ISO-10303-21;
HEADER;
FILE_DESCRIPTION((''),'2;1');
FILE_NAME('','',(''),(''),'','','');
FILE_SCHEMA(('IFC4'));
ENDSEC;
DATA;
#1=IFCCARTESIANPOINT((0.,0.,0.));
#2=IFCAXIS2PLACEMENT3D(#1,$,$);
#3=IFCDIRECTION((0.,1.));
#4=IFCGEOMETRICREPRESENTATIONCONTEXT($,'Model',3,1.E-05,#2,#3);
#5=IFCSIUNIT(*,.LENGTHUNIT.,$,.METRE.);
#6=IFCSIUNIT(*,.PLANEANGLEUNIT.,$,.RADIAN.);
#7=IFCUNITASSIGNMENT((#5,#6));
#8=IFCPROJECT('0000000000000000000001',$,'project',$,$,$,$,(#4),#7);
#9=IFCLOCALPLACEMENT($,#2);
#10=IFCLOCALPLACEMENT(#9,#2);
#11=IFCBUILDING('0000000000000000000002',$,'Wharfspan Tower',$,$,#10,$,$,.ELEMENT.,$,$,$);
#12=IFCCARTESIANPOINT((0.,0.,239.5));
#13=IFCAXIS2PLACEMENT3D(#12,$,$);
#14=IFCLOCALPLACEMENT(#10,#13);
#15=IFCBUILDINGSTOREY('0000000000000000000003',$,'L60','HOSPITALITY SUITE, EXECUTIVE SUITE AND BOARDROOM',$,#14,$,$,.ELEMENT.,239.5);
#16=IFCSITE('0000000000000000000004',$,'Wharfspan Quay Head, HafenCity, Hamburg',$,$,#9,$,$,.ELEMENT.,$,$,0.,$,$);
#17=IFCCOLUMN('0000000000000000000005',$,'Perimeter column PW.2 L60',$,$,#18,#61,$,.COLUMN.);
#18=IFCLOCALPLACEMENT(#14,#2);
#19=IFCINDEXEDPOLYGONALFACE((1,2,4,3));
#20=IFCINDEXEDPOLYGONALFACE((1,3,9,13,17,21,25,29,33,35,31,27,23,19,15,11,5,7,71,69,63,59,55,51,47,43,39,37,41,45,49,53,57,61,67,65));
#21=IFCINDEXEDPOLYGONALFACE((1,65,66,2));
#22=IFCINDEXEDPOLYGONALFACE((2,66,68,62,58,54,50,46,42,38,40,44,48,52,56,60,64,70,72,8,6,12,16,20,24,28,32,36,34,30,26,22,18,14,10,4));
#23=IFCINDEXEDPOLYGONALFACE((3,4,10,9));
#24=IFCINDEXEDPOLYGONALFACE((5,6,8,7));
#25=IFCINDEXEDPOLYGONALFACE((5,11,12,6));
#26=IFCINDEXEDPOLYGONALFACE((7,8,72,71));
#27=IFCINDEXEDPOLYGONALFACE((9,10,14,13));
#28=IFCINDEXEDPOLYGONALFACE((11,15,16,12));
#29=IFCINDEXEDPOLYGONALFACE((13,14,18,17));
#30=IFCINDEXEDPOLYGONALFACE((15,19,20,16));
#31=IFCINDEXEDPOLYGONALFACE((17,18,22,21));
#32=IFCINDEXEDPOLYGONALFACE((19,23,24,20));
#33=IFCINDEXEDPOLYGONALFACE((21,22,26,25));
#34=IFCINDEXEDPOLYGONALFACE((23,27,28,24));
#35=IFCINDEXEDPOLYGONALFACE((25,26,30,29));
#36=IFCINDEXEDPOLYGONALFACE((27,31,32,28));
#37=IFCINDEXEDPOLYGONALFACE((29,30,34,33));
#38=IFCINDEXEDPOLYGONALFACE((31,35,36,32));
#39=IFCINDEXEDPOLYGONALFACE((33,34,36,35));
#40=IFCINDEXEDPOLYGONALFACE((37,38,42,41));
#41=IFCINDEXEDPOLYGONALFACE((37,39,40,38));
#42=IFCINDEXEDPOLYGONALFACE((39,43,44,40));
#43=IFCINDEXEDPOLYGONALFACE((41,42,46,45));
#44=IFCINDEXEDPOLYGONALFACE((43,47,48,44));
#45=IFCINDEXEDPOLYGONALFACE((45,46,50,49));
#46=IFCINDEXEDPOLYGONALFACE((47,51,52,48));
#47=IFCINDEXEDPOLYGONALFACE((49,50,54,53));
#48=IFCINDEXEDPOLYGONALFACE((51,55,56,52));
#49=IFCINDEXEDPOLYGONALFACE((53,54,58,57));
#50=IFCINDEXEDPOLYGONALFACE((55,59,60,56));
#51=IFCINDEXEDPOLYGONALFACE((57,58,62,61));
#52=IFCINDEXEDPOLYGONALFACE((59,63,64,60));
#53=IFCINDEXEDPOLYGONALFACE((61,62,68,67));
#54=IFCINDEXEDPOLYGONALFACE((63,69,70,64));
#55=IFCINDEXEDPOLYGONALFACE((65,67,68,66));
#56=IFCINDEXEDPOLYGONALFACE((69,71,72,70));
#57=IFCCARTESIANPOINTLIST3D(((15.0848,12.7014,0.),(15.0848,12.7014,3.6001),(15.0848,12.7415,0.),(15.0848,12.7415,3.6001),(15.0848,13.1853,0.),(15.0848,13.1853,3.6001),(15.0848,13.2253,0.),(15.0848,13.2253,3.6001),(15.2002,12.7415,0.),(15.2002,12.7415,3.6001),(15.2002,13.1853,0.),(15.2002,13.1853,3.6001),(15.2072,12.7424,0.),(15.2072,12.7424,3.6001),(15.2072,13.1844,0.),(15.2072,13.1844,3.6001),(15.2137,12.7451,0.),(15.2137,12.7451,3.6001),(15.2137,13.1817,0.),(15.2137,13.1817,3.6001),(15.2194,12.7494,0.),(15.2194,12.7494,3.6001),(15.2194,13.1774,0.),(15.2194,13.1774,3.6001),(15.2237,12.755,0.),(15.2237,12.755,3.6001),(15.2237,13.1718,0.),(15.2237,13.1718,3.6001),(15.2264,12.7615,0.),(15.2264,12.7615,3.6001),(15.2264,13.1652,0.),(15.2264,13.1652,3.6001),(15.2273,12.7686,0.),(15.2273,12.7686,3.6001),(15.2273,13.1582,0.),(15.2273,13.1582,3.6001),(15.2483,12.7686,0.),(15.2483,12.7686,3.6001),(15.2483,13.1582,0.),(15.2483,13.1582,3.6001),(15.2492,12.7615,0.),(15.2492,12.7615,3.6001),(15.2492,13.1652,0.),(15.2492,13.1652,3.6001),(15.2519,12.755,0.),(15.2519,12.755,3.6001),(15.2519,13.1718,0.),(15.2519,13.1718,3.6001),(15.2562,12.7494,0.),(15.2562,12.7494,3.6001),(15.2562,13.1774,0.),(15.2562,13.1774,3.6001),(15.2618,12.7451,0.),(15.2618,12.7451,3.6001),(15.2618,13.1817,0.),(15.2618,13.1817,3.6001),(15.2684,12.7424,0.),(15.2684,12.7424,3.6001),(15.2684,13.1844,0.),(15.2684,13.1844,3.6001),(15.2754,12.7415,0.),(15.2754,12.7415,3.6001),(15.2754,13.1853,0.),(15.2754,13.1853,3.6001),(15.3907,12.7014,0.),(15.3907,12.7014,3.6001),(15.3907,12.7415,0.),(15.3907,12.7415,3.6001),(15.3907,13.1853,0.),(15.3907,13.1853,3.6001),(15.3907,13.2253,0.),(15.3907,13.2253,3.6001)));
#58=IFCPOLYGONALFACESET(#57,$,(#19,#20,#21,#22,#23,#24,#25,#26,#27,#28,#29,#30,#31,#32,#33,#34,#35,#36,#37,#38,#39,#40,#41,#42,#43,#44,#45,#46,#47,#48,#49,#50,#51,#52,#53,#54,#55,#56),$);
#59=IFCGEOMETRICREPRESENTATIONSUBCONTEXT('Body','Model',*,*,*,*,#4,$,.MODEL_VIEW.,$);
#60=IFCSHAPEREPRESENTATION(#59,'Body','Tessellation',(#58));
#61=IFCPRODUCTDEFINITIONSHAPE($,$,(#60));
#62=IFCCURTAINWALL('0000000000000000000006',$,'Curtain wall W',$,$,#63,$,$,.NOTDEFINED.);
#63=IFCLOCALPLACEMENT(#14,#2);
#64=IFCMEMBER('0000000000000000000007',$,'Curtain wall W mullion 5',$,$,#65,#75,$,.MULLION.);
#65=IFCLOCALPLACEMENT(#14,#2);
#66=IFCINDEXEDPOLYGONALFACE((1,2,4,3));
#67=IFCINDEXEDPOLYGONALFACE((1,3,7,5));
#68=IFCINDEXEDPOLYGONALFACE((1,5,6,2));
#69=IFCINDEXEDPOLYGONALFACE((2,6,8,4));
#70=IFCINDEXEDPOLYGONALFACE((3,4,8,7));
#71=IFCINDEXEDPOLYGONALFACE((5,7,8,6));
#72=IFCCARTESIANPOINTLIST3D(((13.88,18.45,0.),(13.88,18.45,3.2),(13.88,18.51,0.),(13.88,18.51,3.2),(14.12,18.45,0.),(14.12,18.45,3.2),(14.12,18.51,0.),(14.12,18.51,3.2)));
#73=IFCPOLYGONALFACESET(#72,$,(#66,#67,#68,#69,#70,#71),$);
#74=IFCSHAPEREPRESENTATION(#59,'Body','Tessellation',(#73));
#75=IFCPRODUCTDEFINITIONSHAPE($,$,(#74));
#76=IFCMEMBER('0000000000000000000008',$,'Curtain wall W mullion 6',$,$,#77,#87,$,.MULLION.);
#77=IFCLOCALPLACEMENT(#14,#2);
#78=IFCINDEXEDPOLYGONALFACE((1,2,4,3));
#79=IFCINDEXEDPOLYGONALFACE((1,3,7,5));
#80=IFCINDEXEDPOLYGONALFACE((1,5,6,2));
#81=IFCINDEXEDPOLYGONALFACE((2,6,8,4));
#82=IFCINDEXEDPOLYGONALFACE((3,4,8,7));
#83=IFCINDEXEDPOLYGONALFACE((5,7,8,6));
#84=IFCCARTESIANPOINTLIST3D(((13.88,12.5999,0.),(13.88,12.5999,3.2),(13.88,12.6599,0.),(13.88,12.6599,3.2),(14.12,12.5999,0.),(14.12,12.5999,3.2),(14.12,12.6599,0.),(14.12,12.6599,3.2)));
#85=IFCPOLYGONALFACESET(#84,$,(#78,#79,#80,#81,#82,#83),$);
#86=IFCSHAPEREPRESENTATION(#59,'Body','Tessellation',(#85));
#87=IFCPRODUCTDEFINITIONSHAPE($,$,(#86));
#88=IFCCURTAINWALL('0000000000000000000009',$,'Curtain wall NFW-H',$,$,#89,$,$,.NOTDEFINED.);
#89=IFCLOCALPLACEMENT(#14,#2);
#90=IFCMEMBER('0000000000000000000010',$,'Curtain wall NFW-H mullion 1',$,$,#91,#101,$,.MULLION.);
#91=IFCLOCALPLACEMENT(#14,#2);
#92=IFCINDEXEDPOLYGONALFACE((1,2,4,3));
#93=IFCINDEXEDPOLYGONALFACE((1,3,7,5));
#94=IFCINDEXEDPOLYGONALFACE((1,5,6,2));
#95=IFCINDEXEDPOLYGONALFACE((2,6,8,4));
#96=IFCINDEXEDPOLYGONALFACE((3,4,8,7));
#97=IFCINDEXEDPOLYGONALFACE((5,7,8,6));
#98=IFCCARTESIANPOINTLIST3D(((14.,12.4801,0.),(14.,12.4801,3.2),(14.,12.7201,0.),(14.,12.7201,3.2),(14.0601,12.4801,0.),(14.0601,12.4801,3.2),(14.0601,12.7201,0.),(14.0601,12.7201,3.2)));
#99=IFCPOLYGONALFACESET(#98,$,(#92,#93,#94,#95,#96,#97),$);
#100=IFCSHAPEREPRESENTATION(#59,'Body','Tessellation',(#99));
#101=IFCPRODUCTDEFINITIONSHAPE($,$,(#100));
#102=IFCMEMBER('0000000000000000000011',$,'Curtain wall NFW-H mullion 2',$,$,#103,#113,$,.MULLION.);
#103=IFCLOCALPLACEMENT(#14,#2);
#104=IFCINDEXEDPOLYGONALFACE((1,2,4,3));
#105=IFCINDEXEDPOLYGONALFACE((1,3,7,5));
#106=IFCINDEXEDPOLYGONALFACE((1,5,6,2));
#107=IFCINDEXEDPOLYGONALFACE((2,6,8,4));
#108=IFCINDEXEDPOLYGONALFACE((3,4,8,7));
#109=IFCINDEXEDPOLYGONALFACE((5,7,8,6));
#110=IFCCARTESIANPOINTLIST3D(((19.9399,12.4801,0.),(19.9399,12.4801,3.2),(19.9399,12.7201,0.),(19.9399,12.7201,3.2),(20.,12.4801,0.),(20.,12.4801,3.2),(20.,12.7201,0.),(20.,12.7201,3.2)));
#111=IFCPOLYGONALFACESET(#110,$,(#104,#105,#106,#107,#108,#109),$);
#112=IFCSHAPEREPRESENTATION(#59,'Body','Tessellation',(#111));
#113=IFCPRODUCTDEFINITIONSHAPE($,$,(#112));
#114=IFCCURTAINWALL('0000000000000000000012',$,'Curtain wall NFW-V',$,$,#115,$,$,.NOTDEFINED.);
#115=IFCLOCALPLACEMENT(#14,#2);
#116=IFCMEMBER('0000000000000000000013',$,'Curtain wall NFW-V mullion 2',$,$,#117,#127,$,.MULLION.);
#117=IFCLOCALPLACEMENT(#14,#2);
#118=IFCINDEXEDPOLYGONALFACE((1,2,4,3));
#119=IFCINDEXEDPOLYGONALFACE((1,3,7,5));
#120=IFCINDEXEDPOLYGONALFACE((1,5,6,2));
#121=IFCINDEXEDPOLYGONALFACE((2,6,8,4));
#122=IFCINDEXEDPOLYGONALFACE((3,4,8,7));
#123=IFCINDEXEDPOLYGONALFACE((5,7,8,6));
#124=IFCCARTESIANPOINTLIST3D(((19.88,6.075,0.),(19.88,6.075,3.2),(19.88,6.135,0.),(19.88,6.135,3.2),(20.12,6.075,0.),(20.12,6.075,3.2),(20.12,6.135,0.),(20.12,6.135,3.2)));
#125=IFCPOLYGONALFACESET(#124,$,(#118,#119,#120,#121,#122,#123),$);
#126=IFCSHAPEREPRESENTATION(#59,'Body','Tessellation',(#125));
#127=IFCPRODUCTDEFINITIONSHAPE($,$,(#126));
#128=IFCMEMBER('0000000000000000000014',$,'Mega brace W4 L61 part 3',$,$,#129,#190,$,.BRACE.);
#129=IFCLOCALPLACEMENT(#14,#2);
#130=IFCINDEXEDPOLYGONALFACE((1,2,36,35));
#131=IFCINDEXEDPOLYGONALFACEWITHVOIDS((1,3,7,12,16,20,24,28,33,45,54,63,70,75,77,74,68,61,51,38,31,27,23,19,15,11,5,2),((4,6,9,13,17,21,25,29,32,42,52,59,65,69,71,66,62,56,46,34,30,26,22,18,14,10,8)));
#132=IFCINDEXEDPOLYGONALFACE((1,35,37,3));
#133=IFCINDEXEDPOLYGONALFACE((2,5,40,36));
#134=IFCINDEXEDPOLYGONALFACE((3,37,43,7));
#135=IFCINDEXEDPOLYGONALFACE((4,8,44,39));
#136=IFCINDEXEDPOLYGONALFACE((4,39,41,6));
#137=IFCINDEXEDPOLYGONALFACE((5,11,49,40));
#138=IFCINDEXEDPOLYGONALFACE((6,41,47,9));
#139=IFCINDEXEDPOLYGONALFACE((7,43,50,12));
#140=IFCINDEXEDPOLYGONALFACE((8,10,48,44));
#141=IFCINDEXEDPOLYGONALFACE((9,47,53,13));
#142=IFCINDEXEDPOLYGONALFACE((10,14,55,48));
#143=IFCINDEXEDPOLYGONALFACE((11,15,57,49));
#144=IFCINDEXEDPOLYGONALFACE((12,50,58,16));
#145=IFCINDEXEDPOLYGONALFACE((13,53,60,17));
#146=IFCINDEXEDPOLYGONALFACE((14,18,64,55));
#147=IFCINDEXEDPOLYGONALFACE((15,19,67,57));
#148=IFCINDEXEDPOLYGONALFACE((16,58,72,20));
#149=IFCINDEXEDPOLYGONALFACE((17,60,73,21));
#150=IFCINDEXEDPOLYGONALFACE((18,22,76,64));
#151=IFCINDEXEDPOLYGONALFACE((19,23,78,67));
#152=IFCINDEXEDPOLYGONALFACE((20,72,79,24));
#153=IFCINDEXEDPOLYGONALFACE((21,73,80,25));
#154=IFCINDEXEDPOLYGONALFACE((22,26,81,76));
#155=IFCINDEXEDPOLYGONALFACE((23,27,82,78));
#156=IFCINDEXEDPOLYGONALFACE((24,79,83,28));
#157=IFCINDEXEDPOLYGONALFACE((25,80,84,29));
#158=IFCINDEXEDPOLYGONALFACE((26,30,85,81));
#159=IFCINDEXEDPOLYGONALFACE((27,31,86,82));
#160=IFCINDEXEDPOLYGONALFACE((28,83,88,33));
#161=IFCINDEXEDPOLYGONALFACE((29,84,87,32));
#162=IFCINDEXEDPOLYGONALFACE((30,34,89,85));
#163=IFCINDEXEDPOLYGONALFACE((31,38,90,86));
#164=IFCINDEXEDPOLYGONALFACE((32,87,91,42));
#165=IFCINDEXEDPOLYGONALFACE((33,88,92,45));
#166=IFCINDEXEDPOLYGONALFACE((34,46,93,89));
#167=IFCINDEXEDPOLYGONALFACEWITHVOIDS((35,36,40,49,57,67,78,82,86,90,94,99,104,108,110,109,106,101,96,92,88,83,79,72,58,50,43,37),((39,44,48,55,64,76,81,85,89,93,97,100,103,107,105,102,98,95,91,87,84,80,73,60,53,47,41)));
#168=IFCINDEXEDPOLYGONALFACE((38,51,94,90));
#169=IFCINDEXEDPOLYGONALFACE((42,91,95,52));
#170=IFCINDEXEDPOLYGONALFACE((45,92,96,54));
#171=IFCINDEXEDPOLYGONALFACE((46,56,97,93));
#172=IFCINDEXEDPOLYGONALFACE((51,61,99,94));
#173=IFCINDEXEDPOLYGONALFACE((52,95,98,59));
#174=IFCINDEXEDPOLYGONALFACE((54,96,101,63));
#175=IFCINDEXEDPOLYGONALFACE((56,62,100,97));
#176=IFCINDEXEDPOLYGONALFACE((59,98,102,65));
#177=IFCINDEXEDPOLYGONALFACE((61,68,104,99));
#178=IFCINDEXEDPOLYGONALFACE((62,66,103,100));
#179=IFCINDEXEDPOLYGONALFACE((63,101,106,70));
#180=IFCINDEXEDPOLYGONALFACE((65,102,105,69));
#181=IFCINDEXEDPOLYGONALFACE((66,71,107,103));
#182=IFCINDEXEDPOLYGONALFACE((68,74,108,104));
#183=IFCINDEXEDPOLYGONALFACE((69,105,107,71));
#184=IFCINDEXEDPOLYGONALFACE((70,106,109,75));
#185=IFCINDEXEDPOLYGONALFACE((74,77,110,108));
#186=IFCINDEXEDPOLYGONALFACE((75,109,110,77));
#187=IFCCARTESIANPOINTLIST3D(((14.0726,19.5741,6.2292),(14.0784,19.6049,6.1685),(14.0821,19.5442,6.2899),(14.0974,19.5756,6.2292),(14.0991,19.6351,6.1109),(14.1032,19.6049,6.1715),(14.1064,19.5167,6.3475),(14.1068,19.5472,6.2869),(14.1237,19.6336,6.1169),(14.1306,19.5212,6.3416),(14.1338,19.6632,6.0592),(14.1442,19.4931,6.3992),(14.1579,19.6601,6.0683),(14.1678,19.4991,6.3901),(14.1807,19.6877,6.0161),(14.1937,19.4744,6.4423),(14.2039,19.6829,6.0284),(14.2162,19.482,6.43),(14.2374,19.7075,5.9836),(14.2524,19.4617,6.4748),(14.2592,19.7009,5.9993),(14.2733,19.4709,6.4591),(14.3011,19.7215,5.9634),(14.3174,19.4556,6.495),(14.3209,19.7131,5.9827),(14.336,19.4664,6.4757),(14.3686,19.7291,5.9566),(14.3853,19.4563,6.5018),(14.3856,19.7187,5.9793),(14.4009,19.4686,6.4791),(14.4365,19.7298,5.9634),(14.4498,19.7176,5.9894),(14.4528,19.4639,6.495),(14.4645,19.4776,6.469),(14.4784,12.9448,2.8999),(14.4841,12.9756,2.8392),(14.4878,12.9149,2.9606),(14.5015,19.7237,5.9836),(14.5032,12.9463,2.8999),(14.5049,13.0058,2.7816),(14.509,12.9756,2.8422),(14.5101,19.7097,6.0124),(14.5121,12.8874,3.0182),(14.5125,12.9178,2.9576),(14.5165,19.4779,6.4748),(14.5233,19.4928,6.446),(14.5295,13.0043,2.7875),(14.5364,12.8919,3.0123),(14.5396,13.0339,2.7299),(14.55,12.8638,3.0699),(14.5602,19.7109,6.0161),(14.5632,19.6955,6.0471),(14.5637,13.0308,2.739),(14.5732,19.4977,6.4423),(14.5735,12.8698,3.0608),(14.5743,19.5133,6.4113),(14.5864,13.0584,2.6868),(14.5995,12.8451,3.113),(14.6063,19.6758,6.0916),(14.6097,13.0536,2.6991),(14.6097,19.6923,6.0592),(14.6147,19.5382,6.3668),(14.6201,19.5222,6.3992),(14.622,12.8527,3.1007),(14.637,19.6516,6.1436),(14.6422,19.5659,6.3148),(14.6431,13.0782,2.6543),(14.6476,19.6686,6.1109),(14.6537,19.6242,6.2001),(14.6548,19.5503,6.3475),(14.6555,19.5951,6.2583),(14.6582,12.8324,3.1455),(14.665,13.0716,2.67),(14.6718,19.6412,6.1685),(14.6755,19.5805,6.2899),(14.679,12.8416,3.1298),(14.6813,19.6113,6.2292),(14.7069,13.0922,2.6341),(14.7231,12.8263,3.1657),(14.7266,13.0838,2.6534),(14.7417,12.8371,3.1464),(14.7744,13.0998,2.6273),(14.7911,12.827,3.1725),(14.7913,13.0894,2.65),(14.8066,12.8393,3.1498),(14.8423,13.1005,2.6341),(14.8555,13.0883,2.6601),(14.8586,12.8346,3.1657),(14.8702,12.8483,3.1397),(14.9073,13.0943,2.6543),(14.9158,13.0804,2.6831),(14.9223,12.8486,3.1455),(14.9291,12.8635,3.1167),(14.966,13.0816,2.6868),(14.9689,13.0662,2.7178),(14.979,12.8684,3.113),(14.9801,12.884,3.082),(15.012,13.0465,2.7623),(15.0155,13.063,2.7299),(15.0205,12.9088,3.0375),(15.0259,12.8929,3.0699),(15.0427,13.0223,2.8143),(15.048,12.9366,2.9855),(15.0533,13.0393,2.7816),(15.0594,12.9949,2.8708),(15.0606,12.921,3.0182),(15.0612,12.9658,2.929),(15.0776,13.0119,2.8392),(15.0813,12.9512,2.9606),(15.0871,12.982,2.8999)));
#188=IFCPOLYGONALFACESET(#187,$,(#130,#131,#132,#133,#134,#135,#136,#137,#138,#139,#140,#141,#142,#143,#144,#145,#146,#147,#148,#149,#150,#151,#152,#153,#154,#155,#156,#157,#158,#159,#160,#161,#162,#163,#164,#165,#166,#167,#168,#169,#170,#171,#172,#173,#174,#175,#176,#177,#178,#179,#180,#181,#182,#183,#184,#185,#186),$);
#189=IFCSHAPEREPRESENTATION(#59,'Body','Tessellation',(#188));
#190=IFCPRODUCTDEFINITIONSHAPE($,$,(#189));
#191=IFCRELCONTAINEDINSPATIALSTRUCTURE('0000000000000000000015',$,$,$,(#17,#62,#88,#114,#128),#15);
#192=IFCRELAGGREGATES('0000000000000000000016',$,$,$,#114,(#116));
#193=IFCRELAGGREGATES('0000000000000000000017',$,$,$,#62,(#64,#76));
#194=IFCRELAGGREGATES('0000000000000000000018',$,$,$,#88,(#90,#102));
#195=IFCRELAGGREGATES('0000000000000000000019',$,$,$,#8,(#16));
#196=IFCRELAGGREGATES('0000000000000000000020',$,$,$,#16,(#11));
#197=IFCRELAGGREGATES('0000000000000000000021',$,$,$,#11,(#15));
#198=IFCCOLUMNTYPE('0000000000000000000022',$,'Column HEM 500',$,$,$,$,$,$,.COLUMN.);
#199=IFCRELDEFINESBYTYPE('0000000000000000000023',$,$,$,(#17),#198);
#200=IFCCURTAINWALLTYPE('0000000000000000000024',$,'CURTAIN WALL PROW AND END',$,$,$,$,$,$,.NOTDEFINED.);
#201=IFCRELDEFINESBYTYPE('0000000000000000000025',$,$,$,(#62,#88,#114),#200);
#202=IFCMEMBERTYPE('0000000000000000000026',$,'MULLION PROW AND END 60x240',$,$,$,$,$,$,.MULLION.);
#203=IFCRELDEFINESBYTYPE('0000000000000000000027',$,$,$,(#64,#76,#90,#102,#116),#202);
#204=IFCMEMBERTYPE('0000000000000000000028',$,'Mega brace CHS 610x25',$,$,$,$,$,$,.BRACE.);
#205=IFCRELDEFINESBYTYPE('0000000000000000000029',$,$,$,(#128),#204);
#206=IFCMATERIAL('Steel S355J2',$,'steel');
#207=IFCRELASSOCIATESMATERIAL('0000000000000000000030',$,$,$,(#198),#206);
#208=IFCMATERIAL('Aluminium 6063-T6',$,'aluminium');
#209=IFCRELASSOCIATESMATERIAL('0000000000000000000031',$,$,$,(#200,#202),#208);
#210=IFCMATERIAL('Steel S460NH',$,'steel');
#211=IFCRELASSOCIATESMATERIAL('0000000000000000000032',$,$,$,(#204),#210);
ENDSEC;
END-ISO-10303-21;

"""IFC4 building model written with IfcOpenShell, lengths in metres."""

from ifc_helpers import new_model, si_unit, direction, frame, origin, origin_2d, place, context, subcontext, project, spatial, rectangle, hollow_circle, i_section, extrude, material, material_profile, profile_set, type_object, element, aggregate, save


model = new_model("IFC4")

# Units and contexts
model_context = context("Model", 3, precision=1e-05, world=origin(), true_north=direction((0.0, 1.0)))
body_context = subcontext(model_context, "Body", "Model", "MODEL_VIEW")
ifc_project = project(units=[si_unit("LENGTHUNIT", "METRE"), si_unit("PLANEANGLEUNIT", "RADIAN")], contexts=[model_context])

# Site, building, storey
site_placement = place(None, origin())
site = spatial("IfcSite", under=ifc_project, at=site_placement, Name="Wharfspan Quay Head, HafenCity, Hamburg", CompositionType="ELEMENT", RefElevation=0.0)
building_placement = place(site_placement, origin())
building = spatial("IfcBuilding", under=site, at=building_placement, Name="Wharfspan Tower", CompositionType="ELEMENT")
storey_placement = place(building_placement, frame((0.0, 0.0, 239.5)))
storey = spatial("IfcBuildingStorey", under=building, at=storey_placement, Name="L60", Description="HOSPITALITY SUITE, EXECUTIVE SUITE AND BOARDROOM", CompositionType="ELEMENT", Elevation=239.5)

# Column
ifc_material_1 = material(Name="Steel S355J2", Category="steel")
ifc_material_profile_1 = material_profile(ifc_material_1, i_section(OverallWidth=0.3059, OverallDepth=0.5239, WebThickness=0.021, FlangeThickness=0.04, FilletRadius=0.0271, at=origin_2d()))
ifc_profile_set_1 = profile_set([ifc_material_profile_1], Name="Steel S355J2")
column_type = type_object("IfcColumnType", Name="Column HEM 500", PredefinedType="COLUMN", material=ifc_profile_set_1)
column_placement = place(storey_placement, frame((15.2378, 12.9634, 0.0), z_axis=(0.0, 0.0, 1.0), x_axis=(-1.0, 0.0, 0.0)))
element("IfcColumn", 1, at=column_placement, inside=storey, type_object=column_type, Name="Perimeter column PW.2 L60", PredefinedType="COLUMN", context=body_context, shape_type="SweptSolid", body=[
    extrude(i_section(OverallWidth=0.3059, OverallDepth=0.5239, WebThickness=0.021, FlangeThickness=0.04, FilletRadius=0.0271, at=origin_2d()), origin(), (0.0, 0.0, 1.0), 3.6001),
])

# Curtain walls, members
ifc_material_2 = material(Name="Aluminium 6063-T6", Category="aluminium")
curtain_wall_type = type_object("IfcCurtainWallType", Name="CURTAIN WALL PROW AND END", PredefinedType="NOTDEFINED", material=ifc_material_2)
curtain_wall_1_placement = place(storey_placement, origin())
curtain_wall_1 = element("IfcCurtainWall", 2, at=curtain_wall_1_placement, inside=storey, type_object=curtain_wall_type, Name="Curtain wall W", PredefinedType="NOTDEFINED")
ifc_material_profile_2 = material_profile(ifc_material_2, rectangle(XDim=0.24, YDim=0.0601, at=origin_2d()))
ifc_profile_set_2 = profile_set([ifc_material_profile_2], Name="Aluminium 6063-T6")
member_type_1 = type_object("IfcMemberType", Name="MULLION PROW AND END 60x240", PredefinedType="MULLION", material=ifc_profile_set_2)
member_1_placement = place(storey_placement, frame((14.0, 18.48, 0.0), z_axis=(0.0, 0.0, 1.0), x_axis=(1.0, 0.0, 0.0)))
member_1 = element("IfcMember", 3, at=member_1_placement, type_object=member_type_1, Name="Curtain wall W mullion 5", PredefinedType="MULLION", context=body_context, shape_type="SweptSolid", body=[
    extrude(rectangle(XDim=0.24, YDim=0.0601, at=origin_2d()), origin(), (0.0, 0.0, 1.0), 3.2),
])
member_2_placement = place(storey_placement, frame((14.0, 12.6299, 0.0), z_axis=(0.0, 0.0, 1.0), x_axis=(1.0, 0.0, 0.0)))
member_2 = element("IfcMember", 4, at=member_2_placement, type_object=member_type_1, Name="Curtain wall W mullion 6", PredefinedType="MULLION", context=body_context, shape_type="SweptSolid", body=[
    extrude(rectangle(XDim=0.24, YDim=0.0601, at=origin_2d()), origin(), (0.0, 0.0, 1.0), 3.2),
])
curtain_wall_2_placement = place(storey_placement, origin())
curtain_wall_2 = element("IfcCurtainWall", 5, at=curtain_wall_2_placement, inside=storey, type_object=curtain_wall_type, Name="Curtain wall NFW-H", PredefinedType="NOTDEFINED")
member_3_placement = place(storey_placement, frame((14.03, 12.6001, 0.0), z_axis=(0.0, 0.0, 1.0), x_axis=(0.0, 1.0, 0.0)))
member_3 = element("IfcMember", 6, at=member_3_placement, type_object=member_type_1, Name="Curtain wall NFW-H mullion 1", PredefinedType="MULLION", context=body_context, shape_type="SweptSolid", body=[
    extrude(rectangle(XDim=0.24, YDim=0.0601, at=origin_2d()), origin(), (0.0, 0.0, 1.0), 3.2),
])
member_4_placement = place(storey_placement, frame((19.97, 12.6001, 0.0), z_axis=(0.0, 0.0, 1.0), x_axis=(0.0, 1.0, 0.0)))
member_4 = element("IfcMember", 7, at=member_4_placement, type_object=member_type_1, Name="Curtain wall NFW-H mullion 2", PredefinedType="MULLION", context=body_context, shape_type="SweptSolid", body=[
    extrude(rectangle(XDim=0.24, YDim=0.0601, at=origin_2d()), origin(), (0.0, 0.0, 1.0), 3.2),
])

# Curtain wall, member
curtain_wall_3_placement = place(storey_placement, origin())
curtain_wall_3 = element("IfcCurtainWall", 8, at=curtain_wall_3_placement, inside=storey, type_object=curtain_wall_type, Name="Curtain wall NFW-V", PredefinedType="NOTDEFINED")
member_5_placement = place(storey_placement, frame((20.0, 6.105, 0.0), z_axis=(0.0, 0.0, 1.0), x_axis=(1.0, 0.0, 0.0)))
member_5 = element("IfcMember", 9, at=member_5_placement, type_object=member_type_1, Name="Curtain wall NFW-V mullion 2", PredefinedType="MULLION", context=body_context, shape_type="SweptSolid", body=[
    extrude(rectangle(XDim=0.24, YDim=0.0601, at=origin_2d()), origin(), (0.0, 0.0, 1.0), 3.2),
])

# Member
ifc_material_3 = material(Name="Steel S460NH", Category="steel")
ifc_material_profile_3 = material_profile(ifc_material_3, hollow_circle(Radius=0.3049, WallThickness=0.0249, at=origin_2d()))
ifc_profile_set_3 = profile_set([ifc_material_profile_3], Name="Steel S460NH")
member_type_2 = type_object("IfcMemberType", Name="Mega brace CHS 610x25", PredefinedType="BRACE", material=ifc_profile_set_3)
member_6_placement = place(storey_placement, frame((14.7827, 12.9634, 2.8999), z_axis=(-0.054615, 0.892302, 0.448123), x_axis=(-0.998132, -0.061091, -0.000003)))
element("IfcMember", 10, at=member_6_placement, inside=storey, type_object=member_type_2, Name="Mega brace W4 L61 part 3", PredefinedType="BRACE", context=body_context, shape_type="SweptSolid", body=[
    extrude(hollow_circle(Radius=0.3049, WallThickness=0.0249, at=origin_2d()), origin(), (0.0, 0.0, 1.0), 7.4294),
])
aggregate(curtain_wall_3, [member_5])

aggregate(curtain_wall_1, [member_1, member_2])
aggregate(curtain_wall_2, [member_3, member_4])

save(model, "model.ifc")
